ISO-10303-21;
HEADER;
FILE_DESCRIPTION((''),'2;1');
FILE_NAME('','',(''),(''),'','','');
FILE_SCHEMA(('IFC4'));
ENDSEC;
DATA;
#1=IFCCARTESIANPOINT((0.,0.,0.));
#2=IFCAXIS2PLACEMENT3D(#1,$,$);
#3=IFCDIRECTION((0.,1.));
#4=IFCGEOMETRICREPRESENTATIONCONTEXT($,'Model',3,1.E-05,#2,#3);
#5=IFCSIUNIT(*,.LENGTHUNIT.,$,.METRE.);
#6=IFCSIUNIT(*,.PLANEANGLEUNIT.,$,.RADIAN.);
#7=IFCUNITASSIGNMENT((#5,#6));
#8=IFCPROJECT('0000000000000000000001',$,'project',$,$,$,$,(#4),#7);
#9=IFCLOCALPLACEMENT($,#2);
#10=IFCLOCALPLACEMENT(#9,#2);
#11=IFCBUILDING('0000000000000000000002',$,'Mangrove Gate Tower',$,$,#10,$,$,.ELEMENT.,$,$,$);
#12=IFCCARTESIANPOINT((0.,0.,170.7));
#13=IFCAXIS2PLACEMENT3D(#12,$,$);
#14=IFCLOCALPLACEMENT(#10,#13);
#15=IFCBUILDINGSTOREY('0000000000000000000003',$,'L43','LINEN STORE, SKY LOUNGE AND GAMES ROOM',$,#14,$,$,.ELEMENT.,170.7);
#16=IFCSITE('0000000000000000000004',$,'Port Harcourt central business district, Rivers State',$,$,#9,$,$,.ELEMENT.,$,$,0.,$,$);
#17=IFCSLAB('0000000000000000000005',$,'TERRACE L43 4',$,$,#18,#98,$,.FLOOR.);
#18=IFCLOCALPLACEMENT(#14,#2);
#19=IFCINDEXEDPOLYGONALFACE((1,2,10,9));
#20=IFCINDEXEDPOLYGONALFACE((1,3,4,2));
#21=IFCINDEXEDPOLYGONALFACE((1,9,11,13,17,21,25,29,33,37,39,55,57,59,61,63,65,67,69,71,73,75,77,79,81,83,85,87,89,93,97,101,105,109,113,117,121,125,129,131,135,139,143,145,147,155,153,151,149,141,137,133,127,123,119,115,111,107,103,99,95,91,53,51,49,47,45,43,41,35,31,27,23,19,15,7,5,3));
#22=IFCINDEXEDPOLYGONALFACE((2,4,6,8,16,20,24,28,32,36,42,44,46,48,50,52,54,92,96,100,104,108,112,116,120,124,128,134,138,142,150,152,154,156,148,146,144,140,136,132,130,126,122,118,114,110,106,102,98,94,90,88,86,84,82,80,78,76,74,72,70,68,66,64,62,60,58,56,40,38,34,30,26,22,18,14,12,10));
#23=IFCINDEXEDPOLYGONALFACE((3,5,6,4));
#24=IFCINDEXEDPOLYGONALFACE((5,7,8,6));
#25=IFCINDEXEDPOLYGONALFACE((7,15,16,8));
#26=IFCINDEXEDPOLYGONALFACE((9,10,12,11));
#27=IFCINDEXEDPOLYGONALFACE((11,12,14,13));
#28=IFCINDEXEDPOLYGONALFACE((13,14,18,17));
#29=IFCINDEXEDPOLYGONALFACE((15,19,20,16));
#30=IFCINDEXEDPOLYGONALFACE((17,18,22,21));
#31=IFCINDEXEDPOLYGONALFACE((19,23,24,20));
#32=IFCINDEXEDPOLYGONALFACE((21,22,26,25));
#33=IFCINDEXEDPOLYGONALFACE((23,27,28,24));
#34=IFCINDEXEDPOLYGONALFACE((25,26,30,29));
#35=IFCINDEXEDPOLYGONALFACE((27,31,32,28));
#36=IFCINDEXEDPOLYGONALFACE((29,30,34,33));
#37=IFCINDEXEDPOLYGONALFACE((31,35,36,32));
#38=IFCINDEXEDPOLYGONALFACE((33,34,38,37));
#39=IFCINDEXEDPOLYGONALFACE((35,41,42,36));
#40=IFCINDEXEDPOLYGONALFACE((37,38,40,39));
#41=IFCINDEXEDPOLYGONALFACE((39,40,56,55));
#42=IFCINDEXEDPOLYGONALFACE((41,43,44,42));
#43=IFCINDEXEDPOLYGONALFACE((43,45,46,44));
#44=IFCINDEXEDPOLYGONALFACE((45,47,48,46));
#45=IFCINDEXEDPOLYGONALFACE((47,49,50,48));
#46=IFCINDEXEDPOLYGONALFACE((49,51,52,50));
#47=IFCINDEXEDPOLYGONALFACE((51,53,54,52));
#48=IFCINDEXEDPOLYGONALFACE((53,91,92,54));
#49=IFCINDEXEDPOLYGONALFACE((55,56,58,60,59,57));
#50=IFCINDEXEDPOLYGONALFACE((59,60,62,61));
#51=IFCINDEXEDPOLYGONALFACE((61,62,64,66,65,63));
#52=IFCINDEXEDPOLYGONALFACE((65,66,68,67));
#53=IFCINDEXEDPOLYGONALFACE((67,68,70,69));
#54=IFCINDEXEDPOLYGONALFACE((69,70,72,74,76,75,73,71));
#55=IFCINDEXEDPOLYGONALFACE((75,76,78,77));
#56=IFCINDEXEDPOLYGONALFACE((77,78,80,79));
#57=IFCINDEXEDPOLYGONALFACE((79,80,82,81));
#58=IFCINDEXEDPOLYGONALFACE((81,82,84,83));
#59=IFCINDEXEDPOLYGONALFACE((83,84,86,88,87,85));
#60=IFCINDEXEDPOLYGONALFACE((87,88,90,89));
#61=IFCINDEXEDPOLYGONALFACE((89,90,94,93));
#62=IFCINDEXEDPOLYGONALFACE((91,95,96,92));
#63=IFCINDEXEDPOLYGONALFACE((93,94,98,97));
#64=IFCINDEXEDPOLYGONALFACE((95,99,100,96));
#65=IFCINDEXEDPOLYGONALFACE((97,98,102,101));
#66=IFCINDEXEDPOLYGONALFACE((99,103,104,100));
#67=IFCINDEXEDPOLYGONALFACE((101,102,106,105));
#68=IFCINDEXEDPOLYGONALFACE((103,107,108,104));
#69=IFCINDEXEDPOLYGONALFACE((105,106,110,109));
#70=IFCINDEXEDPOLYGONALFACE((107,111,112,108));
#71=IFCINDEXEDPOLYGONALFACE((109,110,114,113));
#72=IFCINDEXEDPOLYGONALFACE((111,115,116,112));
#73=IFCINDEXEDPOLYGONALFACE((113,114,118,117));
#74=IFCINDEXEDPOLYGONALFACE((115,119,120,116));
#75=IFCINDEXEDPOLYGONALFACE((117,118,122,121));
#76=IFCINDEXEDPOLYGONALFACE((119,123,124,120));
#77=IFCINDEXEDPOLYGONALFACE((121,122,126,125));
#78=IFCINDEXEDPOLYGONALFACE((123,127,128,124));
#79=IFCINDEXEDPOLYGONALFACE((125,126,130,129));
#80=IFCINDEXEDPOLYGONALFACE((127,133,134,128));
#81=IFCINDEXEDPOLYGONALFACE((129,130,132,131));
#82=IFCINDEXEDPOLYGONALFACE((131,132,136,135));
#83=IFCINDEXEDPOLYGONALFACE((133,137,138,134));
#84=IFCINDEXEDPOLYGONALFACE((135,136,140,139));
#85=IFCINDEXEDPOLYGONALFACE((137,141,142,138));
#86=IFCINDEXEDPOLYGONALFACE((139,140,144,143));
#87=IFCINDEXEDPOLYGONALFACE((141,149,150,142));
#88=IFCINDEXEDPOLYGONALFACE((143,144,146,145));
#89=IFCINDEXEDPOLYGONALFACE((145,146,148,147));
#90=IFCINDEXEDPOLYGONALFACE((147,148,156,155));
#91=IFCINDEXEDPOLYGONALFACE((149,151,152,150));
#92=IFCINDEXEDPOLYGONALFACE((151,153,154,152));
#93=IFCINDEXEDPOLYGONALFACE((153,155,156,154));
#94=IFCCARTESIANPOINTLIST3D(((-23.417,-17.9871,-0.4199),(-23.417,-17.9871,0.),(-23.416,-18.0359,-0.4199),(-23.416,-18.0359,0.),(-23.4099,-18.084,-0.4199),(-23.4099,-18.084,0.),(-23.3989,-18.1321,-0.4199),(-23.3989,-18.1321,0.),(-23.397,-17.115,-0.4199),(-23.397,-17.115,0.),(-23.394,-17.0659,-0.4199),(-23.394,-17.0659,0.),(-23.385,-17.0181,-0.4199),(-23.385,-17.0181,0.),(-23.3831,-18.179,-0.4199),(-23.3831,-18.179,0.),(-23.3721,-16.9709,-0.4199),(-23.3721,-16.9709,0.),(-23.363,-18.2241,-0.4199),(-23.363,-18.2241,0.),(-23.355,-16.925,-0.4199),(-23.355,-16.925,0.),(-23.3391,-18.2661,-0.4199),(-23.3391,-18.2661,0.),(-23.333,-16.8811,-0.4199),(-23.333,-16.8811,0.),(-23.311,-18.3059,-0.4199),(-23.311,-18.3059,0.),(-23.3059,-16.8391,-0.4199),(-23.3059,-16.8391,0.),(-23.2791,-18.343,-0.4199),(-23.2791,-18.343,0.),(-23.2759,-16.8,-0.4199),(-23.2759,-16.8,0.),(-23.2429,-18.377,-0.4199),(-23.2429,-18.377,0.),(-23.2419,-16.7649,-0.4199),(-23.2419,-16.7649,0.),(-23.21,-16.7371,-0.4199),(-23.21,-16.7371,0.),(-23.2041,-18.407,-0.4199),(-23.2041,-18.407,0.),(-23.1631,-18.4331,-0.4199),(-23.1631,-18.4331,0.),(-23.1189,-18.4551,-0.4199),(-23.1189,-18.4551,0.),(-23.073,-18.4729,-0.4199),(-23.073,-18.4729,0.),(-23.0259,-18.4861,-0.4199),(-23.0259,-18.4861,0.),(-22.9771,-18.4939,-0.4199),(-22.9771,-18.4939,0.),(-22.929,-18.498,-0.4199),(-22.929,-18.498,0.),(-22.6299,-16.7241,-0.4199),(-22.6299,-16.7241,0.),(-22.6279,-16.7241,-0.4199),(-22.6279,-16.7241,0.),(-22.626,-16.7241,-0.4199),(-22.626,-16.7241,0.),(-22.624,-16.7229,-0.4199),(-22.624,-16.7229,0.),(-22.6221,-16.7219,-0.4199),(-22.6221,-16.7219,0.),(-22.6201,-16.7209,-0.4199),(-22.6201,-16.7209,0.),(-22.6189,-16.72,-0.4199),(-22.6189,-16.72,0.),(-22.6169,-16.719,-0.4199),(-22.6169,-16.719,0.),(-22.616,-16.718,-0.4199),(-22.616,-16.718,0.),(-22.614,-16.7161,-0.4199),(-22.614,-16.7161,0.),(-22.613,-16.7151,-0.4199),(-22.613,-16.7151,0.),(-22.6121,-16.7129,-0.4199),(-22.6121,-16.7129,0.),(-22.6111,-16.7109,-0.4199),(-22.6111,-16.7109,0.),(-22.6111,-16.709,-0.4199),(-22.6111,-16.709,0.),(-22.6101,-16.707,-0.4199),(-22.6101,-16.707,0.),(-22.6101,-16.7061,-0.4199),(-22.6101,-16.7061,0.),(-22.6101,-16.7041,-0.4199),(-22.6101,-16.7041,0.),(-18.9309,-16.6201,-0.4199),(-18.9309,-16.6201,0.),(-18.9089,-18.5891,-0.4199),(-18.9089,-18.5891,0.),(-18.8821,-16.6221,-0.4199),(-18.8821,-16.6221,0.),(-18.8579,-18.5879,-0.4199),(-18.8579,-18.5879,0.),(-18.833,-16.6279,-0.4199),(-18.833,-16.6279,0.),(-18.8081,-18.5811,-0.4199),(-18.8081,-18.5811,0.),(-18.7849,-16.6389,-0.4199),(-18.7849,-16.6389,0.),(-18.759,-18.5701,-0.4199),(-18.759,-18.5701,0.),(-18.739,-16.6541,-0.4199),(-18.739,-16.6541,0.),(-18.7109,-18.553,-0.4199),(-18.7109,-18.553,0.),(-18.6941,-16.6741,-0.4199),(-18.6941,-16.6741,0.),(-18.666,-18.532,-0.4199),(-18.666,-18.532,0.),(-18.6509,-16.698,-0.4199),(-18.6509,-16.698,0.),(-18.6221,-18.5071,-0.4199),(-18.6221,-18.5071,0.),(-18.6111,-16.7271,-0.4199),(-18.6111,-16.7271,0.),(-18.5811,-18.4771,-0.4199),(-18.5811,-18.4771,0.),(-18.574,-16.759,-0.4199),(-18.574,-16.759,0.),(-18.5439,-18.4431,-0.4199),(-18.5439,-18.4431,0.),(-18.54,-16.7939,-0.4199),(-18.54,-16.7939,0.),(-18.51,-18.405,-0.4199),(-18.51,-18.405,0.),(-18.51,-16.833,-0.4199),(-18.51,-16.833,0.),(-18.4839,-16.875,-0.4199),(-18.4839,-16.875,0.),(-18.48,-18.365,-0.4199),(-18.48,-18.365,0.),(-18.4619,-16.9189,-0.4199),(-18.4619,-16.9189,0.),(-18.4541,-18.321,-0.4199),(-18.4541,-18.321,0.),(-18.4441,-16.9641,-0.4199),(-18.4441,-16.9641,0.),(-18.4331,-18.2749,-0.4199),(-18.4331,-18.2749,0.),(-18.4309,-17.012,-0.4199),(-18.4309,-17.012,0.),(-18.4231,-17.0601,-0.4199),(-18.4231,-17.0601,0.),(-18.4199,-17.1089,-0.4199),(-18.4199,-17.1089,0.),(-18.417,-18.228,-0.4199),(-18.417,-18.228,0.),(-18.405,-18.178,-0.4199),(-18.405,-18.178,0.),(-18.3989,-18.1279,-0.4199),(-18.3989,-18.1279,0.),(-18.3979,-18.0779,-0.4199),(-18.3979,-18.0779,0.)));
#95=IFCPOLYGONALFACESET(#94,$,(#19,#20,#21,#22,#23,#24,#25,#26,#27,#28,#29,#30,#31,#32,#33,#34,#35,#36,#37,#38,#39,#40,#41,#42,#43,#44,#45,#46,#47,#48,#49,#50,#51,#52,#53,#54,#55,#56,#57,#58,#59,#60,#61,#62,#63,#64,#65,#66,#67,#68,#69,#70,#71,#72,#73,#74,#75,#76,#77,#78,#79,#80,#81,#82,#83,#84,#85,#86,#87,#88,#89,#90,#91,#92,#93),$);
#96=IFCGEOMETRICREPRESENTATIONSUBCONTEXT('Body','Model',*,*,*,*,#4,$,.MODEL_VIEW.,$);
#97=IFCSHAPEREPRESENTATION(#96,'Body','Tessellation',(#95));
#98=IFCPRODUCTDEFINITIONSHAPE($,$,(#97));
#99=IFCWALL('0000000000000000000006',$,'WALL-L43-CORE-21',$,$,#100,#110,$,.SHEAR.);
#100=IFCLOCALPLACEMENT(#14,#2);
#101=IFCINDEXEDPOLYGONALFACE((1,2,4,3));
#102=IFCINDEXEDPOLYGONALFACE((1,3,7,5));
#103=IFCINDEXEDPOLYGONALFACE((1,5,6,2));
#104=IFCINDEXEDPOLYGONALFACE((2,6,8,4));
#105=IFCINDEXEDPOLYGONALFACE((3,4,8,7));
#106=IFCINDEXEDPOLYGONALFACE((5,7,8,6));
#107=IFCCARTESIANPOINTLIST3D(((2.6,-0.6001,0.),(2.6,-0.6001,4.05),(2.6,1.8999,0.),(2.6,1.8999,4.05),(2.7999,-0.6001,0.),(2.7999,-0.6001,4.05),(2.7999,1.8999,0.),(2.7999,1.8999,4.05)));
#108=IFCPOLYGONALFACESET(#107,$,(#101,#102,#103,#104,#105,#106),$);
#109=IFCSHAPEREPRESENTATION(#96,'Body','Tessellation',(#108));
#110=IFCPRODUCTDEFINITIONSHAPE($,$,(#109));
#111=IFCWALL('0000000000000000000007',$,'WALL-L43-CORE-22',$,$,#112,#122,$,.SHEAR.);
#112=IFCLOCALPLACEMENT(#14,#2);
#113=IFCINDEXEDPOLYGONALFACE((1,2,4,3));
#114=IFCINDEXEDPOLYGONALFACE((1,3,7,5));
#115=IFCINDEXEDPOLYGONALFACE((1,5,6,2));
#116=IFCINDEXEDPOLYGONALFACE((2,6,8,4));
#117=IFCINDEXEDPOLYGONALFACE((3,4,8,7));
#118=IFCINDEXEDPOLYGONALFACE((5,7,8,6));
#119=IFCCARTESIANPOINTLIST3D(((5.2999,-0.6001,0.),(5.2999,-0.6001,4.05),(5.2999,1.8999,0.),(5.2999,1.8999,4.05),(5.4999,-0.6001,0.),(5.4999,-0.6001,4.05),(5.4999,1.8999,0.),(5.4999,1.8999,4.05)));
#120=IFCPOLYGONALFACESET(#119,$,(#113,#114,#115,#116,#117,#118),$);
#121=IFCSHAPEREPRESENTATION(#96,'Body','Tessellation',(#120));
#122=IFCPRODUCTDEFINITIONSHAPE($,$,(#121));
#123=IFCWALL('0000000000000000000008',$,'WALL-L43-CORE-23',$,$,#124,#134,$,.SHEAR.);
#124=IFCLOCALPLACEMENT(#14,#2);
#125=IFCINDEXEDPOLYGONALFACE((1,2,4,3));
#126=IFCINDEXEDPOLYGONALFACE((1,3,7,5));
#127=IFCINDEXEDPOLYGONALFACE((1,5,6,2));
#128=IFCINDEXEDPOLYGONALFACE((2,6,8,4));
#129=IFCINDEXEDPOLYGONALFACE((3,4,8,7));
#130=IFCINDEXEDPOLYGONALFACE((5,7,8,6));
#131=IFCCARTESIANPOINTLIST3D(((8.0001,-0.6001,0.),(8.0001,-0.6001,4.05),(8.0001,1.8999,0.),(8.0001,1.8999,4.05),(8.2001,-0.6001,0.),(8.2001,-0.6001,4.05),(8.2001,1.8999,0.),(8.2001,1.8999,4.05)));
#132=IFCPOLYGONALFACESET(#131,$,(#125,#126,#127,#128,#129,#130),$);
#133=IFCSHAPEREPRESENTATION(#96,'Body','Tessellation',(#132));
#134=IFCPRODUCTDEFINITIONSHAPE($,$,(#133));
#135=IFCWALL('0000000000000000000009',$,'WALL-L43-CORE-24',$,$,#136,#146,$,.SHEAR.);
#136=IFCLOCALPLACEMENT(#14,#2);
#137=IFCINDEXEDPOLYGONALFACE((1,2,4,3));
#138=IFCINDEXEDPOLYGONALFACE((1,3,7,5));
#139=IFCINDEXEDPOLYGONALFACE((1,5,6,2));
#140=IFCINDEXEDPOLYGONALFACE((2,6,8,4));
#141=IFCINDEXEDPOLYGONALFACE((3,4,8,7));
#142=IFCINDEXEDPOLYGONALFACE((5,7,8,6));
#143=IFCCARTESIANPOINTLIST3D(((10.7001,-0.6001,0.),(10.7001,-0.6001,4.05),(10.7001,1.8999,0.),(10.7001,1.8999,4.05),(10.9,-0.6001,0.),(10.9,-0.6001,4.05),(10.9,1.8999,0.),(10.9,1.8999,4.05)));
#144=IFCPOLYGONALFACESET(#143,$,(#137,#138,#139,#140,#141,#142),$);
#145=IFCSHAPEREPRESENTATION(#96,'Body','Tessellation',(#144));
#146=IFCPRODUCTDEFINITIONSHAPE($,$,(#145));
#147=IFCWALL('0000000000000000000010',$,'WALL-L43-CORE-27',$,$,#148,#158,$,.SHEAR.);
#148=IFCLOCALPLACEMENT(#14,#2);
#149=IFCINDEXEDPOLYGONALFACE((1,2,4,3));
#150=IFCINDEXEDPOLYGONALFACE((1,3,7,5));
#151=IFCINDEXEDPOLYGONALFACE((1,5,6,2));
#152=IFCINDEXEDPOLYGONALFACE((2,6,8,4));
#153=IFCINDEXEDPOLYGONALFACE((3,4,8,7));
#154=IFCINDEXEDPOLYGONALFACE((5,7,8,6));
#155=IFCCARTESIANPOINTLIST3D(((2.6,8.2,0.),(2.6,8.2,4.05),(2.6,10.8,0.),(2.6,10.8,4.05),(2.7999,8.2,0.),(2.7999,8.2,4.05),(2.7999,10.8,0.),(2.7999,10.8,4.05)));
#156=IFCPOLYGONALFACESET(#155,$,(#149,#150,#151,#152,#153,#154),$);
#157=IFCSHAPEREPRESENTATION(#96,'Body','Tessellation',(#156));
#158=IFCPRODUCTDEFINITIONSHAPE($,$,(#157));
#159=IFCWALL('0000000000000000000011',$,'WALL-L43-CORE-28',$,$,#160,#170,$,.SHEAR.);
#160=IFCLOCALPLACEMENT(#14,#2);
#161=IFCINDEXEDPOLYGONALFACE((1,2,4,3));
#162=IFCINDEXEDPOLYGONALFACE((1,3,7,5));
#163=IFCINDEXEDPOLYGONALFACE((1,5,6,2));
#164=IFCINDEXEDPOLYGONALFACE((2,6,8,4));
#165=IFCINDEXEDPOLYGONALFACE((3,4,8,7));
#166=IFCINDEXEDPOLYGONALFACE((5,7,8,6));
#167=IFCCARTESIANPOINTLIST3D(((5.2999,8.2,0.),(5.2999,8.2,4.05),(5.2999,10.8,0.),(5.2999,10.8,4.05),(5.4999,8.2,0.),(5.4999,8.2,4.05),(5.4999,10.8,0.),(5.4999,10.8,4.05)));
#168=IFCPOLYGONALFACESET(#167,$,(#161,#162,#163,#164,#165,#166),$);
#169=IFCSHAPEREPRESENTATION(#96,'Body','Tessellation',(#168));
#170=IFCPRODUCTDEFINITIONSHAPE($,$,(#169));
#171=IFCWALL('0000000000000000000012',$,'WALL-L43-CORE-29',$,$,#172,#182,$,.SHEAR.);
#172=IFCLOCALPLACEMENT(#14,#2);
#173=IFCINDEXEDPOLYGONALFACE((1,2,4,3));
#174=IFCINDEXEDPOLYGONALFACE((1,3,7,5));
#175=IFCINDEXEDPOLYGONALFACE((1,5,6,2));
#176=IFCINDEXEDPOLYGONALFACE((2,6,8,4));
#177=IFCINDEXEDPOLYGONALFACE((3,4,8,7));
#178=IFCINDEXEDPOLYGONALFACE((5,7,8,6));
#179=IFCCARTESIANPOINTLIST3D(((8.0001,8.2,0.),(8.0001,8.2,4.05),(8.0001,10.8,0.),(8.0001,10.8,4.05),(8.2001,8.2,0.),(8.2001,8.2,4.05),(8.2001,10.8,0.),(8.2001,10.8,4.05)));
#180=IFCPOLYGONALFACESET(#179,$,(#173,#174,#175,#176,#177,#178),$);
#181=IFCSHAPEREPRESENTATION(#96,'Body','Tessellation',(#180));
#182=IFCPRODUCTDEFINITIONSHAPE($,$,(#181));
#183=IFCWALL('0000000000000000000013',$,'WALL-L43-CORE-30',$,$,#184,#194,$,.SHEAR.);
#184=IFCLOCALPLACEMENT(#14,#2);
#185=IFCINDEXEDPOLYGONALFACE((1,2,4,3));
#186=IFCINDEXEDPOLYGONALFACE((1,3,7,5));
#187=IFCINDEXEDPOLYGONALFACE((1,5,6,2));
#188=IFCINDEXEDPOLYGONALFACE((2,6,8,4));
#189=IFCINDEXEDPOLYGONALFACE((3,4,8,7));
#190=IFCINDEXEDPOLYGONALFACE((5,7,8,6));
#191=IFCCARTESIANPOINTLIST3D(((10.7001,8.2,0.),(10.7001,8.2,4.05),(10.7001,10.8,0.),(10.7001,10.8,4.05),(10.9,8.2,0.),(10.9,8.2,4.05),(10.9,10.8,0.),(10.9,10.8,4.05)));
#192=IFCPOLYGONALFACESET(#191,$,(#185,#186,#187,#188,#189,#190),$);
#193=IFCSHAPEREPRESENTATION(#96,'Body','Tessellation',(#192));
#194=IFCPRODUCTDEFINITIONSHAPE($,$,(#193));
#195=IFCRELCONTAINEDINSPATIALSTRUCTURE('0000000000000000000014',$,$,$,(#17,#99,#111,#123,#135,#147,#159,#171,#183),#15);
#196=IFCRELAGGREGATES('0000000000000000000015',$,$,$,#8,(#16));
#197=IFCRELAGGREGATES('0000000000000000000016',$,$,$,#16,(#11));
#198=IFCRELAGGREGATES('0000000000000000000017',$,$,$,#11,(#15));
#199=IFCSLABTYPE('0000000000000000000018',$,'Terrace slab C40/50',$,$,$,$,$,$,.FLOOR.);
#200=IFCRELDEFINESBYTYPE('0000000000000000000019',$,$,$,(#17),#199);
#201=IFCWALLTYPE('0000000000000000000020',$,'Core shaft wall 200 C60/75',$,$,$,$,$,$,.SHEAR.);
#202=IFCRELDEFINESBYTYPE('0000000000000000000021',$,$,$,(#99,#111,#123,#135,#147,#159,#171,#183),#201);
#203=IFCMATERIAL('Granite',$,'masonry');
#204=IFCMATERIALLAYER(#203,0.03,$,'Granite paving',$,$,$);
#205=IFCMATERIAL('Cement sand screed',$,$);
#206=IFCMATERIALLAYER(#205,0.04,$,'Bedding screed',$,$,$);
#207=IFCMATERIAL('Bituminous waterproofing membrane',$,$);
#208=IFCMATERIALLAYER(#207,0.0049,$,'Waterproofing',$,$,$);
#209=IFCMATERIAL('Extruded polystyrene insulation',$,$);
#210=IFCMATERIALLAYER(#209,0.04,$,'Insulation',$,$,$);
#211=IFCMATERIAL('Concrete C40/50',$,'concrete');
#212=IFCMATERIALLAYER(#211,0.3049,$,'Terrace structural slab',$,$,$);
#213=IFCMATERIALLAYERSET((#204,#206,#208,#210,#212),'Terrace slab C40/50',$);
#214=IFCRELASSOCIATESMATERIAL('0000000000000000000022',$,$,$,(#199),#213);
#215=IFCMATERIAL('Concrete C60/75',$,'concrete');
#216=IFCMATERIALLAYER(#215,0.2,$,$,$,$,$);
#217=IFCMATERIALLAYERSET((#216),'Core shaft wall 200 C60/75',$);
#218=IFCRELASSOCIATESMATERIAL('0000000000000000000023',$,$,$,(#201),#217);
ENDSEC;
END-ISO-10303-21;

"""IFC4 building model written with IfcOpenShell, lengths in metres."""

from ifc_helpers import new_model, si_unit, direction, frame, frame_2d, origin, place, context, subcontext, project, spatial, polyline, rectangle, outline, extrude, material, layer, layer_set, type_object, element, save


model = new_model("IFC4")

# Units and contexts
model_context = context("Model", 3, precision=1e-05, world=origin(), true_north=direction((0.0, 1.0)))
body_context = subcontext(model_context, "Body", "Model", "MODEL_VIEW")
ifc_project = project(units=[si_unit("LENGTHUNIT", "METRE"), si_unit("PLANEANGLEUNIT", "RADIAN")], contexts=[model_context])

# Site, building, storey
site_placement = place(None, origin())
site = spatial("IfcSite", under=ifc_project, at=site_placement, Name="Port Harcourt central business district, Rivers State", CompositionType="ELEMENT", RefElevation=0.0)
building_placement = place(site_placement, origin())
building = spatial("IfcBuilding", under=site, at=building_placement, Name="Mangrove Gate Tower", CompositionType="ELEMENT")
storey_placement = place(building_placement, frame((0.0, 0.0, 170.7)))
storey = spatial("IfcBuildingStorey", under=building, at=storey_placement, Name="L43", Description="LINEN STORE, SKY LOUNGE AND GAMES ROOM", CompositionType="ELEMENT", Elevation=170.7)

# Shared definitions
ifc_material_1 = material(Name="Cement sand screed")
ifc_material_2 = material(Name="Bituminous waterproofing membrane")
ifc_material_3 = material(Name="Concrete C40/50", Category="concrete")

# Slab
ifc_material_4 = material(Name="Granite", Category="masonry")
ifc_layer_1 = layer(ifc_material_4, 0.03, Name="Granite paving")
ifc_layer_2 = layer(ifc_material_1, 0.04, Name="Bedding screed")
ifc_layer_3 = layer(ifc_material_2, 0.0049, Name="Waterproofing")
ifc_material_5 = material(Name="Extruded polystyrene insulation")
ifc_layer_4 = layer(ifc_material_5, 0.04, Name="Insulation")
ifc_layer_5 = layer(ifc_material_3, 0.3049, Name="Terrace structural slab")
ifc_layer_set_1 = layer_set([ifc_layer_1, ifc_layer_2, ifc_layer_3, ifc_layer_4, ifc_layer_5], Name="Terrace slab C40/50")
slab_type_1 = type_object("IfcSlabType", Name="Terrace slab C40/50", PredefinedType="FLOOR", material=ifc_layer_set_1)
slab_1_placement = place(storey_placement, frame((0.0, 0.0, -0.4199)))
element("IfcSlab", 1, at=slab_1_placement, inside=storey, type_object=slab_type_1, Name="TERRACE L43 4", PredefinedType="FLOOR", context=body_context, shape_type="SweptSolid", body=[
    extrude(outline(polyline([(-23.397, -17.115), (-23.417, -17.9871), (-23.416, -18.0359), (-23.4099, -18.084), (-23.3989, -18.1321), (-23.3831, -18.179), (-23.363, -18.2241), (-23.3391, -18.2661), (-23.311, -18.3059), (-23.2791, -18.343), (-23.2429, -18.377), (-23.2041, -18.407), (-23.1631, -18.4331), (-23.1189, -18.4551), (-23.073, -18.4729), (-23.0259, -18.4861), (-22.9771, -18.4939), (-22.929, -18.498), (-18.9089, -18.5891), (-18.8579, -18.5879), (-18.8081, -18.5811), (-18.759, -18.5701), (-18.7109, -18.553), (-18.666, -18.532), (-18.6221, -18.5071), (-18.5811, -18.4771), (-18.5439, -18.4431), (-18.51, -18.405), (-18.48, -18.365), (-18.4541, -18.321), (-18.4331, -18.2749), (-18.417, -18.228), (-18.405, -18.178), (-18.3989, -18.1279), (-18.3979, -18.0779), (-18.4199, -17.1089), (-18.4231, -17.0601), (-18.4309, -17.012), (-18.4441, -16.9641), (-18.4619, -16.9189), (-18.4839, -16.875), (-18.51, -16.833), (-18.54, -16.7939), (-18.574, -16.759), (-18.6111, -16.7271), (-18.6509, -16.698), (-18.6941, -16.6741), (-18.739, -16.6541), (-18.7849, -16.6389), (-18.833, -16.6279), (-18.8821, -16.6221), (-18.9309, -16.6201), (-22.6101, -16.7041), (-22.6101, -16.7061), (-22.6101, -16.707), (-22.6111, -16.709), (-22.6111, -16.7109), (-22.6121, -16.7129), (-22.613, -16.7151), (-22.614, -16.7161), (-22.616, -16.718), (-22.6169, -16.719), (-22.6189, -16.72), (-22.6201, -16.7209), (-22.6221, -16.7219), (-22.624, -16.7229), (-22.626, -16.7241), (-22.6279, -16.7241), (-22.6299, -16.7241), (-23.21, -16.7371), (-23.2419, -16.7649), (-23.2759, -16.8), (-23.3059, -16.8391), (-23.333, -16.8811), (-23.355, -16.925), (-23.3721, -16.9709), (-23.385, -17.0181), (-23.394, -17.0659), (-23.397, -17.115)])), origin(), (0.0, 0.0, 1.0), 0.4199),
])

# Walls
ifc_material_6 = material(Name="Concrete C60/75", Category="concrete")
ifc_layer_6 = layer(ifc_material_6, 0.2)
ifc_layer_set_2 = layer_set([ifc_layer_6], Name="Core shaft wall 200 C60/75")
wall_type_1 = type_object("IfcWallType", Name="Core shaft wall 200 C60/75", PredefinedType="SHEAR", material=ifc_layer_set_2)
for number, where, z_axis, x_axis, name in (
    (2, (2.7, -0.6001, 0.0), (0.0, 0.0, 1.0), (0.0, 1.0, 0.0), "WALL-L43-CORE-21"),
    (3, (5.3999, -0.6001, 0.0), (0.0, 0.0, 1.0), (0.0, 1.0, 0.0), "WALL-L43-CORE-22"),
    (4, (8.1001, -0.6001, 0.0), (0.0, 0.0, 1.0), (0.0, 1.0, 0.0), "WALL-L43-CORE-23"),
    (5, (10.8, -0.6001, 0.0), (0.0, 0.0, 1.0), (0.0, 1.0, 0.0), "WALL-L43-CORE-24"),
):
    element("IfcWall", number, at=place(storey_placement, frame(where, z_axis=z_axis, x_axis=x_axis)), inside=storey, type_object=wall_type_1, Name=name, PredefinedType="SHEAR", context=body_context, shape_type="SweptSolid", body=[
        extrude(rectangle(XDim=2.5, YDim=0.2, at=frame_2d((1.25, 0.0))), origin(), (0.0, 0.0, 1.0), 4.05),
    ])
for number, where, z_axis, x_axis, name in (
    (6, (2.7, 8.2, 0.0), (0.0, 0.0, 1.0), (0.0, 1.0, 0.0), "WALL-L43-CORE-27"),
    (7, (5.3999, 8.2, 0.0), (0.0, 0.0, 1.0), (0.0, 1.0, 0.0), "WALL-L43-CORE-28"),
    (8, (8.1001, 8.2, 0.0), (0.0, 0.0, 1.0), (0.0, 1.0, 0.0), "WALL-L43-CORE-29"),
    (9, (10.8, 8.2, 0.0), (0.0, 0.0, 1.0), (0.0, 1.0, 0.0), "WALL-L43-CORE-30"),
):
    element("IfcWall", number, at=place(storey_placement, frame(where, z_axis=z_axis, x_axis=x_axis)), inside=storey, type_object=wall_type_1, Name=name, PredefinedType="SHEAR", context=body_context, shape_type="SweptSolid", body=[
        extrude(rectangle(XDim=2.6001, YDim=0.2, at=frame_2d((1.3, 0.0))), origin(), (0.0, 0.0, 1.0), 4.05),
    ])

save(model, "model.ifc")
